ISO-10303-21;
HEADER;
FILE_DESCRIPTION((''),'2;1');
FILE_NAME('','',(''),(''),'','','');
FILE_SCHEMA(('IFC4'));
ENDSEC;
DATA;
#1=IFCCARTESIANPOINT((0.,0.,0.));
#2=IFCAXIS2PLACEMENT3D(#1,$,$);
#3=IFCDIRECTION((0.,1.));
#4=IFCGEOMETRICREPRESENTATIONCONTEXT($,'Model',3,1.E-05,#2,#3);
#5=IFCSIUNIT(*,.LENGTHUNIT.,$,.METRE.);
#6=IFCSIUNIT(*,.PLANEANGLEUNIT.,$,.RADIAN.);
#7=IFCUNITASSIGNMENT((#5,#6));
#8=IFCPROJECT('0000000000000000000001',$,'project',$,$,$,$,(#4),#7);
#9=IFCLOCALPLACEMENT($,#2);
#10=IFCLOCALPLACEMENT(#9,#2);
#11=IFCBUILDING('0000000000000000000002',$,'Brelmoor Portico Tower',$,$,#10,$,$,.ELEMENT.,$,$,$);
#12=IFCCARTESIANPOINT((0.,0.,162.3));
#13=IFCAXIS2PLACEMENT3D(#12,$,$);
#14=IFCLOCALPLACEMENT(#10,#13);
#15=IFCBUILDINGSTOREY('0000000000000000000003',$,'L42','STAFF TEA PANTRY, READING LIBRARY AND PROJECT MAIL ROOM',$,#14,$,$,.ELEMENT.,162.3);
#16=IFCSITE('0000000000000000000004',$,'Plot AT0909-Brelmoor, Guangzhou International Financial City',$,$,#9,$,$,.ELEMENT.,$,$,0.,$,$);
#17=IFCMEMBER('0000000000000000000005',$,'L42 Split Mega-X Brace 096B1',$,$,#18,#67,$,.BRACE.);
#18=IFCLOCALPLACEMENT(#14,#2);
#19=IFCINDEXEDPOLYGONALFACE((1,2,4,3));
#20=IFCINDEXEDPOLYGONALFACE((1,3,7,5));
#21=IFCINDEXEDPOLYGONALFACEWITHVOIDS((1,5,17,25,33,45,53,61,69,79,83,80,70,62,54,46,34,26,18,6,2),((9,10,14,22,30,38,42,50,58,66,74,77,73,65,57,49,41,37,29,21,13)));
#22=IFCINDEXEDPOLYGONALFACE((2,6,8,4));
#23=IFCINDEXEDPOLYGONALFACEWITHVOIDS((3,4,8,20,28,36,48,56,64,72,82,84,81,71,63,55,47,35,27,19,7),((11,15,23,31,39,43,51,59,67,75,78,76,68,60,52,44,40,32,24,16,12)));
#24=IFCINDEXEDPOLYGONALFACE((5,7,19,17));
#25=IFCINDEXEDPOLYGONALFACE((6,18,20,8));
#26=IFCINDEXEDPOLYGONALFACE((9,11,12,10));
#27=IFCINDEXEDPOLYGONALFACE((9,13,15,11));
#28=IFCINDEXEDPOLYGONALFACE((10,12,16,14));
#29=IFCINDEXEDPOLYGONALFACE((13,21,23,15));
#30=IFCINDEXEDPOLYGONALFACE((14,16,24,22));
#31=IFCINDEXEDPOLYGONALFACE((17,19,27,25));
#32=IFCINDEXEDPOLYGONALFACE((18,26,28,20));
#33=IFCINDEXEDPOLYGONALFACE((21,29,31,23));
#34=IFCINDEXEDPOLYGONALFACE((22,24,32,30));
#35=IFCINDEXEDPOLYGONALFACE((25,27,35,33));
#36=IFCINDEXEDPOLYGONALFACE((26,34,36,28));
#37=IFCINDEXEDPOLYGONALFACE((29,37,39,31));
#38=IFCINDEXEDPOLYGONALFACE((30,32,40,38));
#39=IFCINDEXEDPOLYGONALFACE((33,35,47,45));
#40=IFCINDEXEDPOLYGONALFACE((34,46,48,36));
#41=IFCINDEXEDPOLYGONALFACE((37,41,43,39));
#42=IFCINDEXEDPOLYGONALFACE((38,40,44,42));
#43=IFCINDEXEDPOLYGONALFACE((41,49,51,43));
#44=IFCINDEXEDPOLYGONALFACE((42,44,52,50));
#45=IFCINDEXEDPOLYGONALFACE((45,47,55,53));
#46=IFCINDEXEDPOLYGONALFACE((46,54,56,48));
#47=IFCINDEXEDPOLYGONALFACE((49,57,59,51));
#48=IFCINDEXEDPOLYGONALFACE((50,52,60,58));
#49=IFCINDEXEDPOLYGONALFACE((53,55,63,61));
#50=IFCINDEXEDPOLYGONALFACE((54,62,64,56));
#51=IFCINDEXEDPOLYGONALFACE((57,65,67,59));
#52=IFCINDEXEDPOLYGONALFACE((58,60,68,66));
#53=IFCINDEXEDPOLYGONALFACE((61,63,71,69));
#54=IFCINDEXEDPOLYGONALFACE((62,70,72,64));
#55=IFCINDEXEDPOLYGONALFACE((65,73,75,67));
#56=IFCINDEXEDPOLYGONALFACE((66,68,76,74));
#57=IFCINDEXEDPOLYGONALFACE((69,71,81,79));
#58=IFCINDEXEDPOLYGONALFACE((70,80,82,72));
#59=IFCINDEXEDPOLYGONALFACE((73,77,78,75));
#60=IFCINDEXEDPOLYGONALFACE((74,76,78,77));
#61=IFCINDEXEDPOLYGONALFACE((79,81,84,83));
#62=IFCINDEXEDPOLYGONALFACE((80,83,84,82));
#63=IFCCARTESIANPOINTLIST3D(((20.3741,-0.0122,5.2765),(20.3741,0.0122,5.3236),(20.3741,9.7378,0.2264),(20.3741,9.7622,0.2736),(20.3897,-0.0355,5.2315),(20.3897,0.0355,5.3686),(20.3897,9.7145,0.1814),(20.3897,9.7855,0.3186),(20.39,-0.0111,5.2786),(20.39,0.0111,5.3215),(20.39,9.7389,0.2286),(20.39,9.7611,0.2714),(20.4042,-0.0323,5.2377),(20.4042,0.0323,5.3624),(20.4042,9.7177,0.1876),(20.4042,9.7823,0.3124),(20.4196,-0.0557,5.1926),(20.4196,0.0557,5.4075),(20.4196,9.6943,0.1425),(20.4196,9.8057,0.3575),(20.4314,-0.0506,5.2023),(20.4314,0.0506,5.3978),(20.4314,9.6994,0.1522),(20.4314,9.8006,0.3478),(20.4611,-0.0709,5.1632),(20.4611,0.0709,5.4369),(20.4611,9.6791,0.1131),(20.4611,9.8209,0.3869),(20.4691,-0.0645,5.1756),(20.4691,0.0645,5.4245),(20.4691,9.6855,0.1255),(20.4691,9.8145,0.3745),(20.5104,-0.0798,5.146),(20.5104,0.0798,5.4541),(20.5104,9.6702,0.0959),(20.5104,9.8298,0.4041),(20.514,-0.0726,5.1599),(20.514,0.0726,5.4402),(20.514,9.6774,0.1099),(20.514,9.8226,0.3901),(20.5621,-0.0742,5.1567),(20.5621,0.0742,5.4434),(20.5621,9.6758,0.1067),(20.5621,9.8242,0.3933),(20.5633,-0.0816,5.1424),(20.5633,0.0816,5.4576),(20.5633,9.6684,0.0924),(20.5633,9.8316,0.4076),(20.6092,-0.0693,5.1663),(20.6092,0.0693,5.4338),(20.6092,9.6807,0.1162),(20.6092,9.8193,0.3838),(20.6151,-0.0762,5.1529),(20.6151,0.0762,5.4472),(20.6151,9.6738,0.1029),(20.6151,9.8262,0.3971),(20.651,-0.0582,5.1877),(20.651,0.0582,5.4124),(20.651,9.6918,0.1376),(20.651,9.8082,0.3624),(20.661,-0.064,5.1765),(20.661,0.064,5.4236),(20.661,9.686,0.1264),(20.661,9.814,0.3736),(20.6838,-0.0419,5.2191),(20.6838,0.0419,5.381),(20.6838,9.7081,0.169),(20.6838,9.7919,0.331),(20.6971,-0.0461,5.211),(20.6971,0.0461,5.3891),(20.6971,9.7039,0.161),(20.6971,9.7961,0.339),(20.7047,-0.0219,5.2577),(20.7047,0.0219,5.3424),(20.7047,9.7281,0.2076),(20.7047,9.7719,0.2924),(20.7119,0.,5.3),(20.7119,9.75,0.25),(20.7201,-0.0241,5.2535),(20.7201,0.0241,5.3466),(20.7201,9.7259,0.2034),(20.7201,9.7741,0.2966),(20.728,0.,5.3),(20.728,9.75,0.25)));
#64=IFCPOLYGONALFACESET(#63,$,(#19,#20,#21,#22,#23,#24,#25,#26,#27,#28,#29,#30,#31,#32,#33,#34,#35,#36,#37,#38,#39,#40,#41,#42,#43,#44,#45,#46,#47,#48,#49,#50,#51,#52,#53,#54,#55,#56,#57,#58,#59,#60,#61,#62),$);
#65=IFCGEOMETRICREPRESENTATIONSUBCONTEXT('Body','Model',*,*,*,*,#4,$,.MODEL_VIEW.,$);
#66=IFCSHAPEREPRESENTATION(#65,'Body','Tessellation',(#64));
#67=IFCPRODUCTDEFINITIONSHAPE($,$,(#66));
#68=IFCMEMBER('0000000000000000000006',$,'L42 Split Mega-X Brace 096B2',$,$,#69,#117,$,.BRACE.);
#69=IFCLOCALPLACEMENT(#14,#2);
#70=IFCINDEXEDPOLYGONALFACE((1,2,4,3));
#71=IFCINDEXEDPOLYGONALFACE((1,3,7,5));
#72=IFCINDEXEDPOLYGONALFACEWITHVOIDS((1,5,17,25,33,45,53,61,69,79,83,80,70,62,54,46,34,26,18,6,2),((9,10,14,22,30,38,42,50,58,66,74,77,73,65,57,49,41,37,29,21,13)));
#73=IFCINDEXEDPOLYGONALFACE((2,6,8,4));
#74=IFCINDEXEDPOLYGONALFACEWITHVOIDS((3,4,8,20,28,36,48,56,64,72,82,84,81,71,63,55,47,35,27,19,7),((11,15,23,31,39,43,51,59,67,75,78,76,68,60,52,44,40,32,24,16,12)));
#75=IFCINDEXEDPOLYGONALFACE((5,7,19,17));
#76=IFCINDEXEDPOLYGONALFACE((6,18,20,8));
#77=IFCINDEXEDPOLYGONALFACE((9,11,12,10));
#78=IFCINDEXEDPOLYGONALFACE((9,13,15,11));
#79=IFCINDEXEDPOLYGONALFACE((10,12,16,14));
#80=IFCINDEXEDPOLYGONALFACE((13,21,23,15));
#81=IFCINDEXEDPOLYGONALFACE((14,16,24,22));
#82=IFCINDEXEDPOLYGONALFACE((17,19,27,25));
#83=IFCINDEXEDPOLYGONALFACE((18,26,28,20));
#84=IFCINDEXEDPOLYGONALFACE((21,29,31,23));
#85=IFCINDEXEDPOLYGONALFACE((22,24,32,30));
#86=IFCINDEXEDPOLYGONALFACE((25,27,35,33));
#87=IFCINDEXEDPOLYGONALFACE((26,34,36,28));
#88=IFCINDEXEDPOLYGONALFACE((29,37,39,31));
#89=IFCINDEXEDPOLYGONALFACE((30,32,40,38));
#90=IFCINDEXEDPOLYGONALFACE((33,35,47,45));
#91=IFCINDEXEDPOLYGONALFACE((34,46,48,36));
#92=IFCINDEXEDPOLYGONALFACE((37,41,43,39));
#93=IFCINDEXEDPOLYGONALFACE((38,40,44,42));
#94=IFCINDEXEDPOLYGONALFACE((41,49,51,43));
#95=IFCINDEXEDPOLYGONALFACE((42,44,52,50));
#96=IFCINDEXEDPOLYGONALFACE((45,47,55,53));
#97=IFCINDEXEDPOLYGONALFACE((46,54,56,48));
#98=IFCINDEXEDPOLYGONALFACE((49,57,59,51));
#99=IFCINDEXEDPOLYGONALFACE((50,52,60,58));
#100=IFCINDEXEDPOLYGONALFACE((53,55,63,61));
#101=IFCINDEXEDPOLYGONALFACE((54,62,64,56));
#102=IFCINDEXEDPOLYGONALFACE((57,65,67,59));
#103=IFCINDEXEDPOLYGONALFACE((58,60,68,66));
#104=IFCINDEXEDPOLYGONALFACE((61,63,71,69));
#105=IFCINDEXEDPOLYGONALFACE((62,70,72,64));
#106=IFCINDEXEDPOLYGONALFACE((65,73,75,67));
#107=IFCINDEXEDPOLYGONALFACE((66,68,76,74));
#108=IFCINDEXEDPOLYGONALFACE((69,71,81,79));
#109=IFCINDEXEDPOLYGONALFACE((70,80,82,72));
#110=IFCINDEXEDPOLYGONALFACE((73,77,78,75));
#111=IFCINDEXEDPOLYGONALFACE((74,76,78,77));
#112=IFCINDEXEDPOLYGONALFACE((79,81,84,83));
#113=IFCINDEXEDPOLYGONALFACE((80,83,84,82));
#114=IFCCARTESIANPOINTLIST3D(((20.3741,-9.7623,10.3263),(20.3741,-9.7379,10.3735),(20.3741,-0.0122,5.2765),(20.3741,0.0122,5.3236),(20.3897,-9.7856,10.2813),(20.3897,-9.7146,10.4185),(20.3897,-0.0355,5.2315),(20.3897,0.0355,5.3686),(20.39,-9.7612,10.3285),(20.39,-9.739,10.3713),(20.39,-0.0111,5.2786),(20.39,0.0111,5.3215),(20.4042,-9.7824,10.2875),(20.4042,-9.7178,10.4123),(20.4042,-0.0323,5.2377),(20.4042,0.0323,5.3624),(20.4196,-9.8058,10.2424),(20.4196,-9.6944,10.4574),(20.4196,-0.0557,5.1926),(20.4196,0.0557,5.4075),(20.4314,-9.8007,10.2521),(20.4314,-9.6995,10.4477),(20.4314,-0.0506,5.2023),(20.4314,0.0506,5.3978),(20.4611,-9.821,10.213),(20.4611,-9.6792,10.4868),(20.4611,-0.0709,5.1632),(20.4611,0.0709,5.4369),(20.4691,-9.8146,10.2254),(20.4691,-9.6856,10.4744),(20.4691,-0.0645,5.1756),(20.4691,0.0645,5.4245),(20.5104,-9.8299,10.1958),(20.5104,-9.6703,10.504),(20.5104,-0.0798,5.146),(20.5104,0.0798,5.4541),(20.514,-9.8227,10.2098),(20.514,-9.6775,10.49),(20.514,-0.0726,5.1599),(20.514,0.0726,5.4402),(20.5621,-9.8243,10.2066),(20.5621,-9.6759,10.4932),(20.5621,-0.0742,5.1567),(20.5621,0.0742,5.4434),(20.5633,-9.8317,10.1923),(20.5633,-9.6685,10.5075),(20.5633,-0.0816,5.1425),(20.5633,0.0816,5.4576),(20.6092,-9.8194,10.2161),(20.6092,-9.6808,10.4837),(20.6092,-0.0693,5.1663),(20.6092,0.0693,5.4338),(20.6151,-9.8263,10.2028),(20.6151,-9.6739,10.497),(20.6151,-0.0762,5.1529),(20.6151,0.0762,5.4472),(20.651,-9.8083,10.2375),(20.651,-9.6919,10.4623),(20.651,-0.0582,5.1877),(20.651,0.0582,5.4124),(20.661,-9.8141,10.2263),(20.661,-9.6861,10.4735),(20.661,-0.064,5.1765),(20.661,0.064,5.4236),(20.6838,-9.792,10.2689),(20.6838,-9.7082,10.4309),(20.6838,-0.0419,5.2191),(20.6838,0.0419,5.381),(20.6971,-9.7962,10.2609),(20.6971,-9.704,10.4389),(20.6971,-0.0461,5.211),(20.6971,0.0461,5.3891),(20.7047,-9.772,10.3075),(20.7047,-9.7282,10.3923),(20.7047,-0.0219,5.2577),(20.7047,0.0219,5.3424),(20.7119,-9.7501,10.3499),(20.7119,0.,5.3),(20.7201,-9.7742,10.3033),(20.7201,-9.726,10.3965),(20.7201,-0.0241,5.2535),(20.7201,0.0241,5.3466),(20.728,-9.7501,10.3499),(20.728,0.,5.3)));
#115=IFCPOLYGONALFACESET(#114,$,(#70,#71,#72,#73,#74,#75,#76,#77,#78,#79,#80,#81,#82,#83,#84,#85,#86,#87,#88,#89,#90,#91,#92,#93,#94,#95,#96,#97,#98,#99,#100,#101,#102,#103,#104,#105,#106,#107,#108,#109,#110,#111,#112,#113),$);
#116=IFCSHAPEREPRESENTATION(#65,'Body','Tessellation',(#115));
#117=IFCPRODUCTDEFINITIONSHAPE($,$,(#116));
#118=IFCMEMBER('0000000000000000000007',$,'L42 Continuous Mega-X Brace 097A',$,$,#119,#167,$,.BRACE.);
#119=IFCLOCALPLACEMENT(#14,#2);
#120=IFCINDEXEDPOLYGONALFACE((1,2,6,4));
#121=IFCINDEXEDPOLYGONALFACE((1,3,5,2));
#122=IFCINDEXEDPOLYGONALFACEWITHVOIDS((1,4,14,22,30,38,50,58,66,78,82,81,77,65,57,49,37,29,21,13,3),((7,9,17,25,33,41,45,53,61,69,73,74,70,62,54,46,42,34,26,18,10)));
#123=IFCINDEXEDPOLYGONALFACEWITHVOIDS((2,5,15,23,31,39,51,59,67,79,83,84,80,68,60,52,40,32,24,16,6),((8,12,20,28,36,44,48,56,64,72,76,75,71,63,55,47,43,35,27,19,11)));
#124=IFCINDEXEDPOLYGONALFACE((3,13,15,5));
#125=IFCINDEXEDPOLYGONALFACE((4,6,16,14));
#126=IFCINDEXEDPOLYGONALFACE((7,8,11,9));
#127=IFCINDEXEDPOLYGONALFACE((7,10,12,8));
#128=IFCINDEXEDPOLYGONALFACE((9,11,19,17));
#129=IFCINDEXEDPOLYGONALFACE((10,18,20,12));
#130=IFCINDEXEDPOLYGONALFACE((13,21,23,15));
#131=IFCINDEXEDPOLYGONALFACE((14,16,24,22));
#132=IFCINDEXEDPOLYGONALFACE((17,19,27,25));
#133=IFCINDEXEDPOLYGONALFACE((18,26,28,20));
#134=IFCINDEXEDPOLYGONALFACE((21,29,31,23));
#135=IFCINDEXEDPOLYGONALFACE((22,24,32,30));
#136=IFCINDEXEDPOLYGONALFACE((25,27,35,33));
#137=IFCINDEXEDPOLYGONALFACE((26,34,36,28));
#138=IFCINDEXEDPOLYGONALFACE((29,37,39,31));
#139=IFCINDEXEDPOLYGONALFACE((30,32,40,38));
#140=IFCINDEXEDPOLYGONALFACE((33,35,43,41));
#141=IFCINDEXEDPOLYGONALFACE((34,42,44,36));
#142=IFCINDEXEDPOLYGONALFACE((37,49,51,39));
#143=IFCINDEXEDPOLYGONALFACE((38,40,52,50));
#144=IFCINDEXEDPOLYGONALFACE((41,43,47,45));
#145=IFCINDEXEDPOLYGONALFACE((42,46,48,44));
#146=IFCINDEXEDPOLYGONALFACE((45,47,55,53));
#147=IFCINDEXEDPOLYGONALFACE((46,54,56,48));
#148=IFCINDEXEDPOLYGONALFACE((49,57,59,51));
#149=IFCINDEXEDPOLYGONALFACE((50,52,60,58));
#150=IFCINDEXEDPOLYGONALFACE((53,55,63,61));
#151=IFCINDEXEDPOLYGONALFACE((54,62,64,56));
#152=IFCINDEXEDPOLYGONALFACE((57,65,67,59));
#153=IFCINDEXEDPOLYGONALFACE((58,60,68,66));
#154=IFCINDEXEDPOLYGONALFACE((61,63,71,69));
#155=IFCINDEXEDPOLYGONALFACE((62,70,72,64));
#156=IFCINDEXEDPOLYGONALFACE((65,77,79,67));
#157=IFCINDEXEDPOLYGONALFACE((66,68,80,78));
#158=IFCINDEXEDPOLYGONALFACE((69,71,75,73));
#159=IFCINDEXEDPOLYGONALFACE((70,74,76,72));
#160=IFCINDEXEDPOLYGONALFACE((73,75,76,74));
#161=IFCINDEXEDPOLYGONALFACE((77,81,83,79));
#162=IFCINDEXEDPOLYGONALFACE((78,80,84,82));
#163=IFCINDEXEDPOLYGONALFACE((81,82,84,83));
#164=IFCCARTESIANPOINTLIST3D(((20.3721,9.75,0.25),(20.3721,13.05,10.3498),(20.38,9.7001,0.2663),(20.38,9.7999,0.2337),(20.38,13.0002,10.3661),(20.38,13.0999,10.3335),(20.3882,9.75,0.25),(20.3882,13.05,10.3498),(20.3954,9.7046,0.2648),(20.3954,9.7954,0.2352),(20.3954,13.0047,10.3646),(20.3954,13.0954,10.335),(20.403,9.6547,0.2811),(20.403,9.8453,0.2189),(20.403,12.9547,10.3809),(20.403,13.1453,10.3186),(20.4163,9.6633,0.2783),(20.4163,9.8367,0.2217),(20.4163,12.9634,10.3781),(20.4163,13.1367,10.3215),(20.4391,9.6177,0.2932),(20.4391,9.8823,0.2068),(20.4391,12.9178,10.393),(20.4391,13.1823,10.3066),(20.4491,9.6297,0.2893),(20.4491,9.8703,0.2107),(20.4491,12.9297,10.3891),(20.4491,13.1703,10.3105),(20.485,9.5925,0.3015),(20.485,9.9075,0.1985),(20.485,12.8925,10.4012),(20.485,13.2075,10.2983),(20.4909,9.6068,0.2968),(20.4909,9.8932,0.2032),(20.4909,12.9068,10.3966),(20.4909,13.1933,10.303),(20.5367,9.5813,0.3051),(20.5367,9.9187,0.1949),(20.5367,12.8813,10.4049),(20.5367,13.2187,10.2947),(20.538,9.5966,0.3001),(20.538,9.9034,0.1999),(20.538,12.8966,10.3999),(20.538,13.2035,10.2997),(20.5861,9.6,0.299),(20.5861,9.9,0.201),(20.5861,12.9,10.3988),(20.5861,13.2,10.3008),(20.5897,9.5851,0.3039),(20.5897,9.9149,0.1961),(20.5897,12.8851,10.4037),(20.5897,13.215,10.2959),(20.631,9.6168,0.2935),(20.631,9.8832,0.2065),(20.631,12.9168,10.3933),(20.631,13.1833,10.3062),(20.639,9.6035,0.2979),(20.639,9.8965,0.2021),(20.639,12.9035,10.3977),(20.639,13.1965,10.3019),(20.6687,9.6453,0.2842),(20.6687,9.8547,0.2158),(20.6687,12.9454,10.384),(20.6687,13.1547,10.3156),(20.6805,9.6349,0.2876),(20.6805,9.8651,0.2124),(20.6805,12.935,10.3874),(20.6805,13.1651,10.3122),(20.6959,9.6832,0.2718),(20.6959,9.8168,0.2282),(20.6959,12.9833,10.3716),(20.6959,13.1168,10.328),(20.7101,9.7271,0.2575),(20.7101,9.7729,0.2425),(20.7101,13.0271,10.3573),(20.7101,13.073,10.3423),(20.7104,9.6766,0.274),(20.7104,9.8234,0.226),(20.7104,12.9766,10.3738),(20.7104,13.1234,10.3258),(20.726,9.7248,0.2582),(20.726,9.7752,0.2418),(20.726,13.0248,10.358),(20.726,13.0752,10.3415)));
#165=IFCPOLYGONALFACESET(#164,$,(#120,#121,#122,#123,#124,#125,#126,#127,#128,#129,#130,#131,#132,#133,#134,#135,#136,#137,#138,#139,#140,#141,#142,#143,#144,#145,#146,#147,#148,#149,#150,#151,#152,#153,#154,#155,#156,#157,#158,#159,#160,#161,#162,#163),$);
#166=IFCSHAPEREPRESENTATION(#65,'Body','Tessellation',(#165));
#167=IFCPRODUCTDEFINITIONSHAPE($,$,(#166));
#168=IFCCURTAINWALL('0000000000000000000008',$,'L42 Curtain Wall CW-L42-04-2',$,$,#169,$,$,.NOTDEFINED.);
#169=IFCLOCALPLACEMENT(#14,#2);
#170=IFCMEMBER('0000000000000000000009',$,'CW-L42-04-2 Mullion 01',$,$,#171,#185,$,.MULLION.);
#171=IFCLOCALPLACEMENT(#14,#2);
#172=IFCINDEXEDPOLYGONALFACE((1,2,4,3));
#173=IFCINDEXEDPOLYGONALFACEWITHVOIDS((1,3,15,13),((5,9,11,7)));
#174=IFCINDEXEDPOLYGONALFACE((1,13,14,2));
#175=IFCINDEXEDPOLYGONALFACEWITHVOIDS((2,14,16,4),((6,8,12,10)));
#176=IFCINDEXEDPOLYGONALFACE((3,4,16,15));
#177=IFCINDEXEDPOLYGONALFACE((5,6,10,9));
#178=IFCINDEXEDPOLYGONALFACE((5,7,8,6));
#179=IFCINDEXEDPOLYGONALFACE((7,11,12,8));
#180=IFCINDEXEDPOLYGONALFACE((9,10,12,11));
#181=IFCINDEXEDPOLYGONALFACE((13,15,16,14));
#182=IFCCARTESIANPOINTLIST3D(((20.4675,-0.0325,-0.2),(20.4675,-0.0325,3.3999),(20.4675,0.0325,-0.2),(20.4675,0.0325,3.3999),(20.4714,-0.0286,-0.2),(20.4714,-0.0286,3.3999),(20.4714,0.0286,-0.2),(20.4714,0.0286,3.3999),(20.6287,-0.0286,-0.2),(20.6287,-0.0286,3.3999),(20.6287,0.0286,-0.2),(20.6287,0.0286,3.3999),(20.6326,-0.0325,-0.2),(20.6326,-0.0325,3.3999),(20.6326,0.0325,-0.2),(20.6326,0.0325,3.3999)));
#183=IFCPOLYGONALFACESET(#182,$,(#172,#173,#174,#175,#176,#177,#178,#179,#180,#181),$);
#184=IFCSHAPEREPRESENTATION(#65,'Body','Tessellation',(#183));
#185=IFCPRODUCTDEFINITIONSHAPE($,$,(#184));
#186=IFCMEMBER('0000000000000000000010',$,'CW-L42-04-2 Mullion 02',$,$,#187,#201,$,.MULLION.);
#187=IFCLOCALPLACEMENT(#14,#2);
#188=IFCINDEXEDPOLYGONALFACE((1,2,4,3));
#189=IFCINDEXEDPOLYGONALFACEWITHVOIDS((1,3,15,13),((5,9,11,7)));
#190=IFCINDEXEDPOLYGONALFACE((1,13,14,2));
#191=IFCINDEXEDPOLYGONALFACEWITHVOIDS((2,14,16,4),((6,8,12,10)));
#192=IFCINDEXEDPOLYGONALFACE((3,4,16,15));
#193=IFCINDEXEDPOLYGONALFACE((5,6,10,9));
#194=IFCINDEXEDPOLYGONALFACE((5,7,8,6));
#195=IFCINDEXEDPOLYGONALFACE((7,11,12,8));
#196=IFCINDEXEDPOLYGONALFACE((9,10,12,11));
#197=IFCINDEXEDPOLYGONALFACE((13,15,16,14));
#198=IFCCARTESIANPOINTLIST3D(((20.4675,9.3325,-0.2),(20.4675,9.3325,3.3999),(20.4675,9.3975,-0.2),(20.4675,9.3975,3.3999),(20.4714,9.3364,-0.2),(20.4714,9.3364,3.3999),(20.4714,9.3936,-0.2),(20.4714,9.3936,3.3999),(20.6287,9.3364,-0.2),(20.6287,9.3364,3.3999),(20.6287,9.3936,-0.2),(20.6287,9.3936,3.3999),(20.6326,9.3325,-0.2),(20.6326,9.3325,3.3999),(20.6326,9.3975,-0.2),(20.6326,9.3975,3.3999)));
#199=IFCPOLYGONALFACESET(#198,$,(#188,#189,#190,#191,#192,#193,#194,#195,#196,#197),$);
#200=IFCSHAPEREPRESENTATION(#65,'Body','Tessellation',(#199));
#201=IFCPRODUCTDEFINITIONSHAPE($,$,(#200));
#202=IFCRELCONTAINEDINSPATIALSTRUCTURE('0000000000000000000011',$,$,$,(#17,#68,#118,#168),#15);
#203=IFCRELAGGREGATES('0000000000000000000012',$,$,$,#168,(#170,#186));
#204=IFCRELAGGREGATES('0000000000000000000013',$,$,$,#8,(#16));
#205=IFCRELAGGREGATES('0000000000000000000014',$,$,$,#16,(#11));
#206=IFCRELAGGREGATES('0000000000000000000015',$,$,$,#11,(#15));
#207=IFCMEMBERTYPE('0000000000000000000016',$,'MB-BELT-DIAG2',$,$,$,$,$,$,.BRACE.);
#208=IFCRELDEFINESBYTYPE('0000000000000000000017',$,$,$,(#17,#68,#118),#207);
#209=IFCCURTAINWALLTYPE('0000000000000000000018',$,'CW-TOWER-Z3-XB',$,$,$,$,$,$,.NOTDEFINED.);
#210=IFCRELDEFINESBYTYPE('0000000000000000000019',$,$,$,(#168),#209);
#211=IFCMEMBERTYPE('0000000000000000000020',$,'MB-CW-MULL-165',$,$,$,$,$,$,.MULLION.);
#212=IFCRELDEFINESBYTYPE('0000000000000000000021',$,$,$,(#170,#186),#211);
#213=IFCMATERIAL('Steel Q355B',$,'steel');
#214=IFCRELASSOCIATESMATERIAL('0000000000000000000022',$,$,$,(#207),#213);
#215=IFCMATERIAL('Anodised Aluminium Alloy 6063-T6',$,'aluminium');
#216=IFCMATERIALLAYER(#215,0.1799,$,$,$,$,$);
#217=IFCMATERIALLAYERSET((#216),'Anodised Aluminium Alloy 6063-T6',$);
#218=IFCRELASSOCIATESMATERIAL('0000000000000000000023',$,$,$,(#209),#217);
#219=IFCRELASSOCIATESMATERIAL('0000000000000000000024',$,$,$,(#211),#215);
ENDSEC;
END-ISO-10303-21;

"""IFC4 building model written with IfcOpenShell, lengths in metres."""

from ifc_helpers import new_model, si_unit, direction, frame, origin, origin_2d, place, context, subcontext, project, spatial, hollow_rectangle, hollow_circle, extrude, material, layer, layer_set, material_profile, profile_set, type_object, element, aggregate, save


model = new_model("IFC4")

# Units and contexts
model_context = context("Model", 3, precision=1e-05, world=origin(), true_north=direction((0.0, 1.0)))
body_context = subcontext(model_context, "Body", "Model", "MODEL_VIEW")
ifc_project = project(units=[si_unit("LENGTHUNIT", "METRE"), si_unit("PLANEANGLEUNIT", "RADIAN")], contexts=[model_context])

# Site, building, storey
site_placement = place(None, origin())
site = spatial("IfcSite", under=ifc_project, at=site_placement, Name="Plot AT0909-Brelmoor, Guangzhou International Financial City", CompositionType="ELEMENT", RefElevation=0.0)
building_placement = place(site_placement, origin())
building = spatial("IfcBuilding", under=site, at=building_placement, Name="Brelmoor Portico Tower", CompositionType="ELEMENT")
storey_placement = place(building_placement, frame((0.0, 0.0, 162.3)))
storey = spatial("IfcBuildingStorey", under=building, at=storey_placement, Name="L42", Description="STAFF TEA PANTRY, READING LIBRARY AND PROJECT MAIL ROOM", CompositionType="ELEMENT", Elevation=162.3)

# Shared definitions
ifc_material_1 = material(Name="Steel Q355B", Category="steel")

# Members
ifc_material_profile_1 = material_profile(ifc_material_1, hollow_circle(Radius=0.178, WallThickness=0.0161, at=origin_2d()), Name="CHS 356x16")
ifc_profile_set_1 = profile_set([ifc_material_profile_1], Name="Steel Q355B")
member_type_1 = type_object("IfcMemberType", Name="MB-BELT-DIAG2", PredefinedType="BRACE", material=ifc_profile_set_1)
for number, where, z_axis, x_axis, name in (
    (1, (20.55, 9.75, 0.25), (0.0, -0.887959, 0.459922), (1.0, 0.0, 0.0), "L42 Split Mega-X Brace 096B1"),
    (2, (20.55, 0.0, 5.3), (0.0, -0.887968, 0.459904), (1.0, 0.0, 0.0), "L42 Split Mega-X Brace 096B2"),
):
    element("IfcMember", number, at=place(storey_placement, frame(where, z_axis=z_axis, x_axis=x_axis)), inside=storey, type_object=member_type_1, Name=name, PredefinedType="BRACE", context=body_context, shape_type="SweptSolid", body=[
        extrude(hollow_circle(Radius=0.178, WallThickness=0.0161, at=origin_2d()), origin(), (0.0, 0.0, 1.0), 10.9802),
    ])
member_1_placement = place(storey_placement, frame((20.55, 9.75, 0.25), z_axis=(0.0, 0.310584, 0.950546), x_axis=(-1.0, 0.0, 0.0)))
element("IfcMember", 3, at=member_1_placement, inside=storey, type_object=member_type_1, Name="L42 Continuous Mega-X Brace 097A", PredefinedType="BRACE", context=body_context, shape_type="SweptSolid", body=[
    extrude(hollow_circle(Radius=0.178, WallThickness=0.0161, at=origin_2d()), origin(), (0.0, 0.0, 1.0), 10.6252),
])

# Curtain wall, members
ifc_material_2 = material(Name="Anodised Aluminium Alloy 6063-T6", Category="aluminium")
ifc_layer_1 = layer(ifc_material_2, 0.1799)
ifc_layer_set_1 = layer_set([ifc_layer_1], Name="Anodised Aluminium Alloy 6063-T6")
curtain_wall_type = type_object("IfcCurtainWallType", Name="CW-TOWER-Z3-XB", PredefinedType="NOTDEFINED", material=ifc_layer_set_1)
curtain_wall_placement = place(storey_placement, origin())
curtain_wall = element("IfcCurtainWall", 4, at=curtain_wall_placement, inside=storey, type_object=curtain_wall_type, Name="L42 Curtain Wall CW-L42-04-2", PredefinedType="NOTDEFINED")
ifc_material_profile_2 = material_profile(ifc_material_2, hollow_rectangle(XDim=0.0649, YDim=0.165, WallThickness=0.0039, at=origin_2d()), Name="ALU MULLION 65x165")
ifc_profile_set_2 = profile_set([ifc_material_profile_2], Name="Anodised Aluminium Alloy 6063-T6")
member_type_2 = type_object("IfcMemberType", Name="MB-CW-MULL-165", PredefinedType="MULLION", material=ifc_profile_set_2)
member_2_placement = place(storey_placement, frame((20.55, 0.0, -0.2), z_axis=(0.0, 0.0, 1.0), x_axis=(0.0, 1.0, 0.0)))
member_2 = element("IfcMember", 5, at=member_2_placement, type_object=member_type_2, Name="CW-L42-04-2 Mullion 01", PredefinedType="MULLION", context=body_context, shape_type="SweptSolid", body=[
    extrude(hollow_rectangle(XDim=0.0649, YDim=0.165, WallThickness=0.0039, at=origin_2d()), origin(), (0.0, 0.0, 1.0), 3.5999),
])
member_3_placement = place(storey_placement, frame((20.55, 9.365, -0.2), z_axis=(0.0, 0.0, 1.0), x_axis=(0.0, 1.0, 0.0)))
member_3 = element("IfcMember", 6, at=member_3_placement, type_object=member_type_2, Name="CW-L42-04-2 Mullion 02", PredefinedType="MULLION", context=body_context, shape_type="SweptSolid", body=[
    extrude(hollow_rectangle(XDim=0.0649, YDim=0.165, WallThickness=0.0039, at=origin_2d()), origin(), (0.0, 0.0, 1.0), 3.5999),
])

aggregate(curtain_wall, [member_2, member_3])

save(model, "model.ifc")
